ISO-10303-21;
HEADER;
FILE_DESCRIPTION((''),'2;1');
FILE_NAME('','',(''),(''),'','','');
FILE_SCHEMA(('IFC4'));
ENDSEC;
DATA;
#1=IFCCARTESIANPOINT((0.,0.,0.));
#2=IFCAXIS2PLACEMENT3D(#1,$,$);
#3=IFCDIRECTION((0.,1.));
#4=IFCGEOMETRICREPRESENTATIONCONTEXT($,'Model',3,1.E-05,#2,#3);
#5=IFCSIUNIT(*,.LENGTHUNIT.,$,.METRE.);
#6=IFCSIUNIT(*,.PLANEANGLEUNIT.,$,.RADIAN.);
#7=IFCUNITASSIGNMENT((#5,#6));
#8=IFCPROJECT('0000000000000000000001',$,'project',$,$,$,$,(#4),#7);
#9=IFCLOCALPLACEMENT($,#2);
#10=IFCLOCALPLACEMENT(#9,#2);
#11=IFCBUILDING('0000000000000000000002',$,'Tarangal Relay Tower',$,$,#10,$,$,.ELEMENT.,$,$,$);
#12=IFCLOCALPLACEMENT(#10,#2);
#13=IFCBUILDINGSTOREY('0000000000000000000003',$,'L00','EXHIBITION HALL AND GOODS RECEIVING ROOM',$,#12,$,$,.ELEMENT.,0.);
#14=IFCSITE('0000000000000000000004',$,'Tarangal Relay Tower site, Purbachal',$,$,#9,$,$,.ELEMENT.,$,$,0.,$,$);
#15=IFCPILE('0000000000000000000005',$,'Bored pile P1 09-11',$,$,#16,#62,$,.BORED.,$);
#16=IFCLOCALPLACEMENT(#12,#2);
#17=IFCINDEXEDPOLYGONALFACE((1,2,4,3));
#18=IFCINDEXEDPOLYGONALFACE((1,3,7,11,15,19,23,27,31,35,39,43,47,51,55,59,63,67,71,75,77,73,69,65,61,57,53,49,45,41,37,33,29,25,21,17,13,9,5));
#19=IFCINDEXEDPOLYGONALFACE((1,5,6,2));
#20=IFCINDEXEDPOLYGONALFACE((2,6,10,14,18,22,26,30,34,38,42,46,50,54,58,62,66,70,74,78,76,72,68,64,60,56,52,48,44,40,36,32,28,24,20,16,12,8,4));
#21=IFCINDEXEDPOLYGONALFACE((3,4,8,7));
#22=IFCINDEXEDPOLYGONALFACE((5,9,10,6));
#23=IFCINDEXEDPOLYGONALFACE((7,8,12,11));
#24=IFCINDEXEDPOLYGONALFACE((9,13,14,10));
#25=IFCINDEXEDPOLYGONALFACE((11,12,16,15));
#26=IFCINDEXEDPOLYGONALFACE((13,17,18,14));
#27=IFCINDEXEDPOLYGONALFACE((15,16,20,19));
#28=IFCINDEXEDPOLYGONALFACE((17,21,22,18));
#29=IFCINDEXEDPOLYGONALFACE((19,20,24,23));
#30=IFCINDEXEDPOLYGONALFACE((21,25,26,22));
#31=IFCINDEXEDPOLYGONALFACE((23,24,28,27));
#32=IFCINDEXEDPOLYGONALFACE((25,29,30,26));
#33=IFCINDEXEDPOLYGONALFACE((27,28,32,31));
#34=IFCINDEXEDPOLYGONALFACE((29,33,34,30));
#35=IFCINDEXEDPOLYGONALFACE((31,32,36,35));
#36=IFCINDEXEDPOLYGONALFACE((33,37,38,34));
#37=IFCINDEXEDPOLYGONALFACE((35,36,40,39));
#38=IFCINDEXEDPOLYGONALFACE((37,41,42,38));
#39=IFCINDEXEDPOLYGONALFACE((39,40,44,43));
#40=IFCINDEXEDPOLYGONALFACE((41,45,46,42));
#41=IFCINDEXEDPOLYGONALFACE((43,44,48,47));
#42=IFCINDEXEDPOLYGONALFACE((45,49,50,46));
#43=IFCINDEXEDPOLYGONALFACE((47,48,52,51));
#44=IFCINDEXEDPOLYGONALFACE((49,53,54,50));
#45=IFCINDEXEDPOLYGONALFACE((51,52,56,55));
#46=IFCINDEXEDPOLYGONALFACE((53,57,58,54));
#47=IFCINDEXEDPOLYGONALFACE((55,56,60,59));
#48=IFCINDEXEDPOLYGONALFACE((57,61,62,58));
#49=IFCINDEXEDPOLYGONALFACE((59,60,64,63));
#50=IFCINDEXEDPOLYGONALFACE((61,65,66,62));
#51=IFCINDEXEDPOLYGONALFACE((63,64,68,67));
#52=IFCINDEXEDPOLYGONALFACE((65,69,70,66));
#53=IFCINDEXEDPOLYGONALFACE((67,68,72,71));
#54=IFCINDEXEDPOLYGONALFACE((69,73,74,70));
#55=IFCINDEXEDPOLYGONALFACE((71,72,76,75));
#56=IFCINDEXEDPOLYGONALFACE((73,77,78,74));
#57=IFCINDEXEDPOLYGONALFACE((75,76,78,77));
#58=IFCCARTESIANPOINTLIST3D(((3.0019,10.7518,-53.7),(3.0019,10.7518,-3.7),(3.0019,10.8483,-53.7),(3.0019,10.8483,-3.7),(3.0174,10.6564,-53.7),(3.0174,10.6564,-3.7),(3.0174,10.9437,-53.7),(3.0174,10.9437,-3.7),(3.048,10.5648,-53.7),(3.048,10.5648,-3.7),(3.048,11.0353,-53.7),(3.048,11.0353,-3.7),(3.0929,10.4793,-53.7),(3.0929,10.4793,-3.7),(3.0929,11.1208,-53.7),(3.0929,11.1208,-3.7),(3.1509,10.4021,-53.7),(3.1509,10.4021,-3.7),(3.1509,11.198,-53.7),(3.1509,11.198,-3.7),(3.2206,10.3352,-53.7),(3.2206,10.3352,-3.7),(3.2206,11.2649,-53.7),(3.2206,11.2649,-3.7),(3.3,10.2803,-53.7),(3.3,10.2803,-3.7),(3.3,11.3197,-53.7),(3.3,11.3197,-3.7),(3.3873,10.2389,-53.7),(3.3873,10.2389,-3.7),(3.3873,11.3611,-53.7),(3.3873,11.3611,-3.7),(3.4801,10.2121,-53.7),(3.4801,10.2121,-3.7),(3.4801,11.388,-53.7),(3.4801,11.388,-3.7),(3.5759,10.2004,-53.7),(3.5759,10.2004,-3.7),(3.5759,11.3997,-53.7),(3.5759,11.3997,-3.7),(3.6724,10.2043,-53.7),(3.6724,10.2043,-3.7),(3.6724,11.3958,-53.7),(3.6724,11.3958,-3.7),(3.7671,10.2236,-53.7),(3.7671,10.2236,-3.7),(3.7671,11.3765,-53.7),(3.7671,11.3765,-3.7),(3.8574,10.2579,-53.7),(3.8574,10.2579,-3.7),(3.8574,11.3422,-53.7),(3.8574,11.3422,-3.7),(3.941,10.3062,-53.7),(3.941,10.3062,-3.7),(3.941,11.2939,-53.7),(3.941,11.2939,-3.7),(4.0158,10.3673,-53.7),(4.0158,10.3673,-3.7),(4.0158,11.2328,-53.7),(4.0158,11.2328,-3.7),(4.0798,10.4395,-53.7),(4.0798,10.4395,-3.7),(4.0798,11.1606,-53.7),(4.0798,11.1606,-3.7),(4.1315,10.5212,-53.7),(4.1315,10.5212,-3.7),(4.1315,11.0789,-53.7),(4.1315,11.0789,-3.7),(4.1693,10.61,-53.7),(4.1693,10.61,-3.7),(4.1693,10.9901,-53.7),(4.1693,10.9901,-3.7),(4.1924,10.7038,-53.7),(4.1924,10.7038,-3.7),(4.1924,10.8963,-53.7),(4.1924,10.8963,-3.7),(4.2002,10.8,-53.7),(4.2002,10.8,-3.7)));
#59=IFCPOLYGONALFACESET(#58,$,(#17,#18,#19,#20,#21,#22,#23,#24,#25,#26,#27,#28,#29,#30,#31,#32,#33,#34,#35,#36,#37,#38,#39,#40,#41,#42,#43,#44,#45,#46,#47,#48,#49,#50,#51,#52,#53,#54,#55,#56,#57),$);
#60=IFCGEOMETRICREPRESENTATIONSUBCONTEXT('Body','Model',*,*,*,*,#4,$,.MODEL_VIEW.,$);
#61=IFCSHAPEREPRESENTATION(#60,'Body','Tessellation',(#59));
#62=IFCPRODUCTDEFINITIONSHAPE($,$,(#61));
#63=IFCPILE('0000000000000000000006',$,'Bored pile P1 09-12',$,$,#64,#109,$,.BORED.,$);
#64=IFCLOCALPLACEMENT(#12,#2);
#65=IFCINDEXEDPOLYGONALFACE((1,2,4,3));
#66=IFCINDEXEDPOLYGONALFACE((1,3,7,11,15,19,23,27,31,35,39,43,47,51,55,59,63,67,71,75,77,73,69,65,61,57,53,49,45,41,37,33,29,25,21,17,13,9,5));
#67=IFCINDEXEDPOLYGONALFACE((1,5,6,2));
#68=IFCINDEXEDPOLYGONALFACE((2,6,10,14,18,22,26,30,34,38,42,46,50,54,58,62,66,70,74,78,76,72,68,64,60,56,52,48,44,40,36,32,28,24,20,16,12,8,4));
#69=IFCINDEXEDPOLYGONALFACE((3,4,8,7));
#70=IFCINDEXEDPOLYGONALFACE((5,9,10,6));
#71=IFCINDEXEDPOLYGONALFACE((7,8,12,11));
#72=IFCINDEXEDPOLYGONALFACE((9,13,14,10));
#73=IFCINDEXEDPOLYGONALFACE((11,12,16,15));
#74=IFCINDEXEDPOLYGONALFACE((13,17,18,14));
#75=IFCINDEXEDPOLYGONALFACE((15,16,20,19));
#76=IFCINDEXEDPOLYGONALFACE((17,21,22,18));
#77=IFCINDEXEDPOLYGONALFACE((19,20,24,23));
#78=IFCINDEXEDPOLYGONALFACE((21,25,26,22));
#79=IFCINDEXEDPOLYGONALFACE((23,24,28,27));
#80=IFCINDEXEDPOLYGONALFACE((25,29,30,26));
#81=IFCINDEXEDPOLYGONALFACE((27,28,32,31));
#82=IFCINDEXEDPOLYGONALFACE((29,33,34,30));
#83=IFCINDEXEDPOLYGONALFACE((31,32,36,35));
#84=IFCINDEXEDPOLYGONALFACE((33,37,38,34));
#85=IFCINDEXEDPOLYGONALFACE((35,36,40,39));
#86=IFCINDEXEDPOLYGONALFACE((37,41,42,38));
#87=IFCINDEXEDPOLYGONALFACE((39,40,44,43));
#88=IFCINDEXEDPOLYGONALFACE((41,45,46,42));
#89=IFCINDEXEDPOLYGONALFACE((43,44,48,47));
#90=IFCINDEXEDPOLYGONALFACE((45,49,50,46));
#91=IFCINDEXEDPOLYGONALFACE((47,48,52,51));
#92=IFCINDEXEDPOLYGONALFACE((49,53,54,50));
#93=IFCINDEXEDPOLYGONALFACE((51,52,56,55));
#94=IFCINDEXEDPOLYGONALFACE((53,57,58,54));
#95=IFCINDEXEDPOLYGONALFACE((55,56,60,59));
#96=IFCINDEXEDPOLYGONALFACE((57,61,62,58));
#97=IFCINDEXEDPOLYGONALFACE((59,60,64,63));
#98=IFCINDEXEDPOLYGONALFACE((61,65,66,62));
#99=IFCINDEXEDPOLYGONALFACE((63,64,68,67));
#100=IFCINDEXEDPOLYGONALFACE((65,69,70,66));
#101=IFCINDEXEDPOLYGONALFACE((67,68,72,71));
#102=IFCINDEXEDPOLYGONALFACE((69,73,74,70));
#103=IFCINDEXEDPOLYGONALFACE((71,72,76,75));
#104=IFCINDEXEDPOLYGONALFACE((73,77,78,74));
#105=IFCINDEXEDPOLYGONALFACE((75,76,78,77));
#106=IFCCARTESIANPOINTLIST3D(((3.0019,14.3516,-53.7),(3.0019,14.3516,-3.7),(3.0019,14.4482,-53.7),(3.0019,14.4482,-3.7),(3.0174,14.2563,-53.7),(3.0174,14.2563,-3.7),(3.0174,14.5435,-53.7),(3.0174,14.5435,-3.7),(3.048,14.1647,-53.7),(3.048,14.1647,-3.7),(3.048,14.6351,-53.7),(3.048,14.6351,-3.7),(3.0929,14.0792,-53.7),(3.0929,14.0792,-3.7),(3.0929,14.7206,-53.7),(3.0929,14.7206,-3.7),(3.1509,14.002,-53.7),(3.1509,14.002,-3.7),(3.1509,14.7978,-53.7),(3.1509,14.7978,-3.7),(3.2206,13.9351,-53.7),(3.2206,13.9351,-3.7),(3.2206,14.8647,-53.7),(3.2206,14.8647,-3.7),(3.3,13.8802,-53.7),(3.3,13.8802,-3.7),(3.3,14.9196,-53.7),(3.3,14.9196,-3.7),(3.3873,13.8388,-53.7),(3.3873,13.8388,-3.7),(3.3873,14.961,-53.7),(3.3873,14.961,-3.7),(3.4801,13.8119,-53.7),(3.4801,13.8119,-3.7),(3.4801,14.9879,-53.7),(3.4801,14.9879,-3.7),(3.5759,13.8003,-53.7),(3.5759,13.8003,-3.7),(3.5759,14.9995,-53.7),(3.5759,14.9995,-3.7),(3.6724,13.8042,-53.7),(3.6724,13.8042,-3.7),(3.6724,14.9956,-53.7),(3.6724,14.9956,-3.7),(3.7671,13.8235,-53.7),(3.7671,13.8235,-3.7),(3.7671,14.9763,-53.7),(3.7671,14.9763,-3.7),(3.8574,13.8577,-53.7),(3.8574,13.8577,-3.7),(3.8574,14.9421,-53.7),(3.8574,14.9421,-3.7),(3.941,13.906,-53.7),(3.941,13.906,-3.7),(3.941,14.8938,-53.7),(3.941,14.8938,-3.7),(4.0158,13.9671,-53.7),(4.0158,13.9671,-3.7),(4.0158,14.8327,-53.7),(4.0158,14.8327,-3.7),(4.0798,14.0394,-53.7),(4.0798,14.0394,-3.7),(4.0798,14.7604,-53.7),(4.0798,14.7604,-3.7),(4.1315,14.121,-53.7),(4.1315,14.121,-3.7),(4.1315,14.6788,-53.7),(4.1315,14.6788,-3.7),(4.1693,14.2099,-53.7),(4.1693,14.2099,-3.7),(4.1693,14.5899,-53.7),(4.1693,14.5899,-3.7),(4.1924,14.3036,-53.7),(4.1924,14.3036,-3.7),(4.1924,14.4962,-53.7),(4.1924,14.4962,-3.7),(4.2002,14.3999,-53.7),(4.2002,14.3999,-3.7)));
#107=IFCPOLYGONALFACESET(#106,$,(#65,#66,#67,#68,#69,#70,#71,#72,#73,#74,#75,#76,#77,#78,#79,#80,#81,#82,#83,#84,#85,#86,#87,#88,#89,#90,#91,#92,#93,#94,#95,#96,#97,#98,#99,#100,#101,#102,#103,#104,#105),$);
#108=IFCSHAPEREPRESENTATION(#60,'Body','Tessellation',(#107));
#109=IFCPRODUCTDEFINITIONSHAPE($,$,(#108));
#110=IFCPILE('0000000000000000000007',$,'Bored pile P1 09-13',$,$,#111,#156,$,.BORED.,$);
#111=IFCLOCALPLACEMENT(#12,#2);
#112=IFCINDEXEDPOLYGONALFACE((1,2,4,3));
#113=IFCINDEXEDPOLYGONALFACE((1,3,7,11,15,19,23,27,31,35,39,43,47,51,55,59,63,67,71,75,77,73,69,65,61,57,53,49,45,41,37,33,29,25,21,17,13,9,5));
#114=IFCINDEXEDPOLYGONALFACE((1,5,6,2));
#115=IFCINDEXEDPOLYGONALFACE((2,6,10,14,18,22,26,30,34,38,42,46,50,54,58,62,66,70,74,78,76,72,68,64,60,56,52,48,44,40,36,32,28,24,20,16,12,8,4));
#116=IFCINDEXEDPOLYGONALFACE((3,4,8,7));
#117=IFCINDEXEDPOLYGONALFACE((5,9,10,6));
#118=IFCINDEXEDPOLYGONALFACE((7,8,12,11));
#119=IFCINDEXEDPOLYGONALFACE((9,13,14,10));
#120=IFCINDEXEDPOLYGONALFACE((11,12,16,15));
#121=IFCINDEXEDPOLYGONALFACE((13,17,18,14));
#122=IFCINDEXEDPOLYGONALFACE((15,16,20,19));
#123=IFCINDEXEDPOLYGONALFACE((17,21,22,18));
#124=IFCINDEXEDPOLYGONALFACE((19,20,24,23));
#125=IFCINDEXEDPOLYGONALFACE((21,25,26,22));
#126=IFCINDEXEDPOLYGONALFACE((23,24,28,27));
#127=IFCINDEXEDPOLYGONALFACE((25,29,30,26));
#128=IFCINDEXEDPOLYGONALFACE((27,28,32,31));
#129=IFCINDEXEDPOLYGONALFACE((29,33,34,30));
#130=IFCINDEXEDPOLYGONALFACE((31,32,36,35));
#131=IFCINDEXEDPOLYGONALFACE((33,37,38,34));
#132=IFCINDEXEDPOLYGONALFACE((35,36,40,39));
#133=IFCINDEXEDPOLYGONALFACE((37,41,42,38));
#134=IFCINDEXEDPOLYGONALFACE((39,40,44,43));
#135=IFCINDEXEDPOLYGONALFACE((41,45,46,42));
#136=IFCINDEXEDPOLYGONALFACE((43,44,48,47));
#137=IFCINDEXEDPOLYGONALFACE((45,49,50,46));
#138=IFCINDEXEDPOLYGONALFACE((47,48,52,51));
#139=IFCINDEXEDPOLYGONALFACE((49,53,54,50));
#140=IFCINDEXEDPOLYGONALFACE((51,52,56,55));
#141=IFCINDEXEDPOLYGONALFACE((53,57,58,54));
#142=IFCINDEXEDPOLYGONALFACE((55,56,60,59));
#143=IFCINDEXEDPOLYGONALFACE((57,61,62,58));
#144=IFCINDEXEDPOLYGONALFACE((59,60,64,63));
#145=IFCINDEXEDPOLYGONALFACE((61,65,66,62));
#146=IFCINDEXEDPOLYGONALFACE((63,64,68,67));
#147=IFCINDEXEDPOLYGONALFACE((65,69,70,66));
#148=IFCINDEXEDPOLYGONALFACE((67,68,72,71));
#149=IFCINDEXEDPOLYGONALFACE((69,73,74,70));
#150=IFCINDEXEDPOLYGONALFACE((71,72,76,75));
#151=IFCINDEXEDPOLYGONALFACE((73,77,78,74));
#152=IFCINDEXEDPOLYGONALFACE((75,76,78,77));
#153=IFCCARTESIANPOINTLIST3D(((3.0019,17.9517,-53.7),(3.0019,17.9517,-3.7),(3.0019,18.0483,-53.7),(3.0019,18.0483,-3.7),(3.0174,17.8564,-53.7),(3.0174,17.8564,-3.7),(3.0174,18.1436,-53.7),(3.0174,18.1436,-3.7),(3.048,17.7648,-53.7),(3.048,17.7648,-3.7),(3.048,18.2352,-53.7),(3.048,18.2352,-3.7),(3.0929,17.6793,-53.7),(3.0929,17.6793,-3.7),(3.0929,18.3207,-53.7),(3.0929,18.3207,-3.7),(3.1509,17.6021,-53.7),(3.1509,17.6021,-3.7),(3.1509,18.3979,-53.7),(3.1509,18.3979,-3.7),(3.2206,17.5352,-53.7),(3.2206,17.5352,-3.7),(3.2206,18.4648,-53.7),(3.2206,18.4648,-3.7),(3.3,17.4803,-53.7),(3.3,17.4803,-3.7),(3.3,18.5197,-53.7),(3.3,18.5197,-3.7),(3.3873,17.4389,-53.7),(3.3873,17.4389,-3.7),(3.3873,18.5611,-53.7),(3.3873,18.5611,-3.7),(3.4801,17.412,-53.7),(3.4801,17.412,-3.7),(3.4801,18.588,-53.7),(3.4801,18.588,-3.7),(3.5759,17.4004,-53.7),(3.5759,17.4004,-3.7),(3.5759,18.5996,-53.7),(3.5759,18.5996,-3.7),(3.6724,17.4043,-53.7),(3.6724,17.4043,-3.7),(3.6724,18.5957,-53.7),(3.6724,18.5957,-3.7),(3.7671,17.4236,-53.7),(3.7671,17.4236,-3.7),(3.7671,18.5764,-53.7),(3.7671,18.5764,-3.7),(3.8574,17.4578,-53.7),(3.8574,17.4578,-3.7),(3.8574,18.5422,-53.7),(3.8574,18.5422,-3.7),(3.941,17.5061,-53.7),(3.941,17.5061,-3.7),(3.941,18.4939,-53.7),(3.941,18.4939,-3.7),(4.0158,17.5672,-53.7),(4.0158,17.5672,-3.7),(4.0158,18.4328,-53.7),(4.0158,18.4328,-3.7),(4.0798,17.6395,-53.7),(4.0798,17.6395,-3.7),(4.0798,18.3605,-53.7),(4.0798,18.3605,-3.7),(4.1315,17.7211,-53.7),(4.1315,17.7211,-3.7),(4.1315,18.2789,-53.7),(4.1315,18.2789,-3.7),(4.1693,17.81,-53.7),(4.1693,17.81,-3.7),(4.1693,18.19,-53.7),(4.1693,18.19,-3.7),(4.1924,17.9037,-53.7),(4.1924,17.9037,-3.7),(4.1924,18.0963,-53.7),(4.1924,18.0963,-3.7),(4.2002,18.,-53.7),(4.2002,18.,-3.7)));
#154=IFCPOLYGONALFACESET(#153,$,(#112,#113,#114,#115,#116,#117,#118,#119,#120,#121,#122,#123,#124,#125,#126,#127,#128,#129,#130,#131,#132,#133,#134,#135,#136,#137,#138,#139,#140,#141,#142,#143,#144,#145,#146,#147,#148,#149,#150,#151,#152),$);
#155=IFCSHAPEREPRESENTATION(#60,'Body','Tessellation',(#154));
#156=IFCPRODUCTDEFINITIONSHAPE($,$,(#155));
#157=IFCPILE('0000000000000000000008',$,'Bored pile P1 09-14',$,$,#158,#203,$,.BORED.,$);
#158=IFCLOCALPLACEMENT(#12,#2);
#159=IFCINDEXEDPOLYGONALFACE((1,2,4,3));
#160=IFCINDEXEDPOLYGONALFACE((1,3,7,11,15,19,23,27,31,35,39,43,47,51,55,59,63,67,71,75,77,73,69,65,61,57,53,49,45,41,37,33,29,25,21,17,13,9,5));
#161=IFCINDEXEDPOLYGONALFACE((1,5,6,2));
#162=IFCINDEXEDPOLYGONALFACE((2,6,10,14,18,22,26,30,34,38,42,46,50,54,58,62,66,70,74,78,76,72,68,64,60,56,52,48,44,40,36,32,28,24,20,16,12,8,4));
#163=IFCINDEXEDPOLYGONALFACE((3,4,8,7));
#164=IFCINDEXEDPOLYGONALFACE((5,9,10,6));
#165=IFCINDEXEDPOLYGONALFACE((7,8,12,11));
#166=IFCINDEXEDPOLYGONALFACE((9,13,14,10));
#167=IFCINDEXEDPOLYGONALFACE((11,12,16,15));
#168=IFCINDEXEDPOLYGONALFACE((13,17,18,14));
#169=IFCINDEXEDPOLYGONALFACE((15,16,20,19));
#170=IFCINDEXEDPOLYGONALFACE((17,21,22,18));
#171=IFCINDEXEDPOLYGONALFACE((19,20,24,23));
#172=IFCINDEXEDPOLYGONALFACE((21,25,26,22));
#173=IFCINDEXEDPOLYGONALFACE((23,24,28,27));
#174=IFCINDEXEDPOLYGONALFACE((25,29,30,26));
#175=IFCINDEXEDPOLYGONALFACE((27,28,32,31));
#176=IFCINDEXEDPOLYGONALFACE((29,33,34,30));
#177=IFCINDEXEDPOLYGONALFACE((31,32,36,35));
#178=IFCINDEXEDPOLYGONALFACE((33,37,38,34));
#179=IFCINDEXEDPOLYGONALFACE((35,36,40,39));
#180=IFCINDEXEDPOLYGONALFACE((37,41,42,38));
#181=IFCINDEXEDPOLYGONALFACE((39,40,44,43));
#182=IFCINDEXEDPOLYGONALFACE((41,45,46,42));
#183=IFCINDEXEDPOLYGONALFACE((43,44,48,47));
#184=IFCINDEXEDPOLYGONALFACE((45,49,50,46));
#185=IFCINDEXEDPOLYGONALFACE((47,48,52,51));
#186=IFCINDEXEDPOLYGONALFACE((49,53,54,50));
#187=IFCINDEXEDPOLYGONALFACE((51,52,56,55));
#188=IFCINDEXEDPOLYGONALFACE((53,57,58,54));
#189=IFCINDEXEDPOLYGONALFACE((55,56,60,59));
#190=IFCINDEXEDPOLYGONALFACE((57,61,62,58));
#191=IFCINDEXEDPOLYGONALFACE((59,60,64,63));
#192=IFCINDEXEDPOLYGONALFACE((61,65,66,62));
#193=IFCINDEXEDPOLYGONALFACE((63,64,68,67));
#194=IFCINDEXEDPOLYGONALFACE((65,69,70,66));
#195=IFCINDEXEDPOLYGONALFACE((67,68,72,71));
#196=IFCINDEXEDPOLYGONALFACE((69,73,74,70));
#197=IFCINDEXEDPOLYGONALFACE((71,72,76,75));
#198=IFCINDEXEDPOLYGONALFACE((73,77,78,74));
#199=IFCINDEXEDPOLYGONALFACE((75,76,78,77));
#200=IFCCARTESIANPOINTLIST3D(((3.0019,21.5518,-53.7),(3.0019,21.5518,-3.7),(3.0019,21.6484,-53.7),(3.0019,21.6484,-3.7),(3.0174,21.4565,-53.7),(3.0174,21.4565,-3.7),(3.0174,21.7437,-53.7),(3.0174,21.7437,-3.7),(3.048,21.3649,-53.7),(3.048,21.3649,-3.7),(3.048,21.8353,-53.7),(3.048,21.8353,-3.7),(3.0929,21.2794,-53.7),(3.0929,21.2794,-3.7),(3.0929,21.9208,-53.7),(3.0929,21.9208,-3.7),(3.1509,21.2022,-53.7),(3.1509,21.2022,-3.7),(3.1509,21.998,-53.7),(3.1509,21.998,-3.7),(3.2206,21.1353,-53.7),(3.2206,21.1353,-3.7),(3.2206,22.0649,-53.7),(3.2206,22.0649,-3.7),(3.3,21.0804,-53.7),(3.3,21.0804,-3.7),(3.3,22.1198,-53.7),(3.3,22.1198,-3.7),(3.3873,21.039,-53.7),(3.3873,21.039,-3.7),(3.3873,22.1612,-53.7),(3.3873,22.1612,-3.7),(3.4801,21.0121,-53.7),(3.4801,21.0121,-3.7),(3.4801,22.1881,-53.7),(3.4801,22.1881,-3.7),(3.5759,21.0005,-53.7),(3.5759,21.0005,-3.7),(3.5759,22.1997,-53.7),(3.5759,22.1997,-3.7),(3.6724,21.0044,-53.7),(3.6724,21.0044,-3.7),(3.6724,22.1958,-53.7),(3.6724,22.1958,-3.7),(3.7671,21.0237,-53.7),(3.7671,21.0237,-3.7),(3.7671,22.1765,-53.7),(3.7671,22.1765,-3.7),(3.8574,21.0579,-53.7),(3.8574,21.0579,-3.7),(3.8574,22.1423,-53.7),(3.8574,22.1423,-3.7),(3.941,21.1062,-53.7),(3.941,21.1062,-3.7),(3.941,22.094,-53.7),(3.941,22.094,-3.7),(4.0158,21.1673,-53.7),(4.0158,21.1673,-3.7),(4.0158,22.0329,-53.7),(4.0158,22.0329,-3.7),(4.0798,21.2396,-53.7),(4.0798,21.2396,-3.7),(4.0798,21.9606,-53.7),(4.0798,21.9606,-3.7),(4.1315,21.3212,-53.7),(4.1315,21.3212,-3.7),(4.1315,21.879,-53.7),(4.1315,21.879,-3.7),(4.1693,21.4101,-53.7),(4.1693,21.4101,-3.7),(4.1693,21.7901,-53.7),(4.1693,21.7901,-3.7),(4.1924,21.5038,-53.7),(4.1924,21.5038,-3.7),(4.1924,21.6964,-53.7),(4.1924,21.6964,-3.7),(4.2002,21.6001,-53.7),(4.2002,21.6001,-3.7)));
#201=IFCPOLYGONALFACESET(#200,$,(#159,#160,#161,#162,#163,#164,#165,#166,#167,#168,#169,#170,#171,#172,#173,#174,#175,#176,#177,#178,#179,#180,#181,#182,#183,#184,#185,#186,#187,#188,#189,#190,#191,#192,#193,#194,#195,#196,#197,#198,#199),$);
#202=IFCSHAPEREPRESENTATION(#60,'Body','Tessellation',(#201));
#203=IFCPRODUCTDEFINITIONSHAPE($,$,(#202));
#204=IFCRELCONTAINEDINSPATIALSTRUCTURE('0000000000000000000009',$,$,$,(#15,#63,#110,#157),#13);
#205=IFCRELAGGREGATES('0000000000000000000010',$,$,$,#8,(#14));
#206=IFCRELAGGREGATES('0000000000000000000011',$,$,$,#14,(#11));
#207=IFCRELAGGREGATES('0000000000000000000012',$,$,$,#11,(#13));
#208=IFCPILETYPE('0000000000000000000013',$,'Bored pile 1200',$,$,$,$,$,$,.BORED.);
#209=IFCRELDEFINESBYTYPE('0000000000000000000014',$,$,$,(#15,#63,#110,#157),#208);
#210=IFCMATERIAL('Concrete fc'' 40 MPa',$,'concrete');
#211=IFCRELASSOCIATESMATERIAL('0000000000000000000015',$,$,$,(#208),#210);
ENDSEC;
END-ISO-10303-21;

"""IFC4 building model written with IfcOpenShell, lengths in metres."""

from ifc_helpers import new_model, si_unit, direction, frame, origin, origin_2d, place, context, subcontext, project, spatial, circle, extrude, material, material_profile, profile_set, type_object, element, save


model = new_model("IFC4")

# Units and contexts
model_context = context("Model", 3, precision=1e-05, world=origin(), true_north=direction((0.0, 1.0)))
body_context = subcontext(model_context, "Body", "Model", "MODEL_VIEW")
ifc_project = project(units=[si_unit("LENGTHUNIT", "METRE"), si_unit("PLANEANGLEUNIT", "RADIAN")], contexts=[model_context])

# Site, building, storey
site_placement = place(None, origin())
site = spatial("IfcSite", under=ifc_project, at=site_placement, Name="Tarangal Relay Tower site, Purbachal", CompositionType="ELEMENT", RefElevation=0.0)
building_placement = place(site_placement, origin())
building = spatial("IfcBuilding", under=site, at=building_placement, Name="Tarangal Relay Tower", CompositionType="ELEMENT")
storey_placement = place(building_placement, origin())
storey = spatial("IfcBuildingStorey", under=building, at=storey_placement, Name="L00", Description="EXHIBITION HALL AND GOODS RECEIVING ROOM", CompositionType="ELEMENT", Elevation=0.0)

# Piles
ifc_material_1 = material(Name="Concrete fc' 40 MPa", Category="concrete")
ifc_material_profile_1 = material_profile(ifc_material_1, circle(Radius=0.6001, at=origin_2d()), Name="D1200")
ifc_profile_set_1 = profile_set([ifc_material_profile_1], Name="Concrete fc' 40 MPa")
pile_type = type_object("IfcPileType", Name="Bored pile 1200", PredefinedType="BORED", material=ifc_profile_set_1)
for number, where, z_axis, x_axis, name in (
    (1, (3.6001, 10.8, -3.7), (0.0, 0.0, -1.0), (1.0, 0.0, 0.0), "Bored pile P1 09-11"),
    (2, (3.6001, 14.3999, -3.7), (0.0, 0.0, -1.0), (1.0, 0.0, 0.0), "Bored pile P1 09-12"),
    (3, (3.6001, 18.0, -3.7), (0.0, 0.0, -1.0), (1.0, 0.0, 0.0), "Bored pile P1 09-13"),
    (4, (3.6001, 21.6001, -3.7), (0.0, 0.0, -1.0), (1.0, 0.0, 0.0), "Bored pile P1 09-14"),
):
    element("IfcPile", number, at=place(storey_placement, frame(where, z_axis=z_axis, x_axis=x_axis)), inside=storey, type_object=pile_type, Name=name, PredefinedType="BORED", context=body_context, shape_type="SweptSolid", body=[
        extrude(circle(Radius=0.6001, at=origin_2d()), origin(), (0.0, 0.0, 1.0), 50.0),
    ])

save(model, "model.ifc")
